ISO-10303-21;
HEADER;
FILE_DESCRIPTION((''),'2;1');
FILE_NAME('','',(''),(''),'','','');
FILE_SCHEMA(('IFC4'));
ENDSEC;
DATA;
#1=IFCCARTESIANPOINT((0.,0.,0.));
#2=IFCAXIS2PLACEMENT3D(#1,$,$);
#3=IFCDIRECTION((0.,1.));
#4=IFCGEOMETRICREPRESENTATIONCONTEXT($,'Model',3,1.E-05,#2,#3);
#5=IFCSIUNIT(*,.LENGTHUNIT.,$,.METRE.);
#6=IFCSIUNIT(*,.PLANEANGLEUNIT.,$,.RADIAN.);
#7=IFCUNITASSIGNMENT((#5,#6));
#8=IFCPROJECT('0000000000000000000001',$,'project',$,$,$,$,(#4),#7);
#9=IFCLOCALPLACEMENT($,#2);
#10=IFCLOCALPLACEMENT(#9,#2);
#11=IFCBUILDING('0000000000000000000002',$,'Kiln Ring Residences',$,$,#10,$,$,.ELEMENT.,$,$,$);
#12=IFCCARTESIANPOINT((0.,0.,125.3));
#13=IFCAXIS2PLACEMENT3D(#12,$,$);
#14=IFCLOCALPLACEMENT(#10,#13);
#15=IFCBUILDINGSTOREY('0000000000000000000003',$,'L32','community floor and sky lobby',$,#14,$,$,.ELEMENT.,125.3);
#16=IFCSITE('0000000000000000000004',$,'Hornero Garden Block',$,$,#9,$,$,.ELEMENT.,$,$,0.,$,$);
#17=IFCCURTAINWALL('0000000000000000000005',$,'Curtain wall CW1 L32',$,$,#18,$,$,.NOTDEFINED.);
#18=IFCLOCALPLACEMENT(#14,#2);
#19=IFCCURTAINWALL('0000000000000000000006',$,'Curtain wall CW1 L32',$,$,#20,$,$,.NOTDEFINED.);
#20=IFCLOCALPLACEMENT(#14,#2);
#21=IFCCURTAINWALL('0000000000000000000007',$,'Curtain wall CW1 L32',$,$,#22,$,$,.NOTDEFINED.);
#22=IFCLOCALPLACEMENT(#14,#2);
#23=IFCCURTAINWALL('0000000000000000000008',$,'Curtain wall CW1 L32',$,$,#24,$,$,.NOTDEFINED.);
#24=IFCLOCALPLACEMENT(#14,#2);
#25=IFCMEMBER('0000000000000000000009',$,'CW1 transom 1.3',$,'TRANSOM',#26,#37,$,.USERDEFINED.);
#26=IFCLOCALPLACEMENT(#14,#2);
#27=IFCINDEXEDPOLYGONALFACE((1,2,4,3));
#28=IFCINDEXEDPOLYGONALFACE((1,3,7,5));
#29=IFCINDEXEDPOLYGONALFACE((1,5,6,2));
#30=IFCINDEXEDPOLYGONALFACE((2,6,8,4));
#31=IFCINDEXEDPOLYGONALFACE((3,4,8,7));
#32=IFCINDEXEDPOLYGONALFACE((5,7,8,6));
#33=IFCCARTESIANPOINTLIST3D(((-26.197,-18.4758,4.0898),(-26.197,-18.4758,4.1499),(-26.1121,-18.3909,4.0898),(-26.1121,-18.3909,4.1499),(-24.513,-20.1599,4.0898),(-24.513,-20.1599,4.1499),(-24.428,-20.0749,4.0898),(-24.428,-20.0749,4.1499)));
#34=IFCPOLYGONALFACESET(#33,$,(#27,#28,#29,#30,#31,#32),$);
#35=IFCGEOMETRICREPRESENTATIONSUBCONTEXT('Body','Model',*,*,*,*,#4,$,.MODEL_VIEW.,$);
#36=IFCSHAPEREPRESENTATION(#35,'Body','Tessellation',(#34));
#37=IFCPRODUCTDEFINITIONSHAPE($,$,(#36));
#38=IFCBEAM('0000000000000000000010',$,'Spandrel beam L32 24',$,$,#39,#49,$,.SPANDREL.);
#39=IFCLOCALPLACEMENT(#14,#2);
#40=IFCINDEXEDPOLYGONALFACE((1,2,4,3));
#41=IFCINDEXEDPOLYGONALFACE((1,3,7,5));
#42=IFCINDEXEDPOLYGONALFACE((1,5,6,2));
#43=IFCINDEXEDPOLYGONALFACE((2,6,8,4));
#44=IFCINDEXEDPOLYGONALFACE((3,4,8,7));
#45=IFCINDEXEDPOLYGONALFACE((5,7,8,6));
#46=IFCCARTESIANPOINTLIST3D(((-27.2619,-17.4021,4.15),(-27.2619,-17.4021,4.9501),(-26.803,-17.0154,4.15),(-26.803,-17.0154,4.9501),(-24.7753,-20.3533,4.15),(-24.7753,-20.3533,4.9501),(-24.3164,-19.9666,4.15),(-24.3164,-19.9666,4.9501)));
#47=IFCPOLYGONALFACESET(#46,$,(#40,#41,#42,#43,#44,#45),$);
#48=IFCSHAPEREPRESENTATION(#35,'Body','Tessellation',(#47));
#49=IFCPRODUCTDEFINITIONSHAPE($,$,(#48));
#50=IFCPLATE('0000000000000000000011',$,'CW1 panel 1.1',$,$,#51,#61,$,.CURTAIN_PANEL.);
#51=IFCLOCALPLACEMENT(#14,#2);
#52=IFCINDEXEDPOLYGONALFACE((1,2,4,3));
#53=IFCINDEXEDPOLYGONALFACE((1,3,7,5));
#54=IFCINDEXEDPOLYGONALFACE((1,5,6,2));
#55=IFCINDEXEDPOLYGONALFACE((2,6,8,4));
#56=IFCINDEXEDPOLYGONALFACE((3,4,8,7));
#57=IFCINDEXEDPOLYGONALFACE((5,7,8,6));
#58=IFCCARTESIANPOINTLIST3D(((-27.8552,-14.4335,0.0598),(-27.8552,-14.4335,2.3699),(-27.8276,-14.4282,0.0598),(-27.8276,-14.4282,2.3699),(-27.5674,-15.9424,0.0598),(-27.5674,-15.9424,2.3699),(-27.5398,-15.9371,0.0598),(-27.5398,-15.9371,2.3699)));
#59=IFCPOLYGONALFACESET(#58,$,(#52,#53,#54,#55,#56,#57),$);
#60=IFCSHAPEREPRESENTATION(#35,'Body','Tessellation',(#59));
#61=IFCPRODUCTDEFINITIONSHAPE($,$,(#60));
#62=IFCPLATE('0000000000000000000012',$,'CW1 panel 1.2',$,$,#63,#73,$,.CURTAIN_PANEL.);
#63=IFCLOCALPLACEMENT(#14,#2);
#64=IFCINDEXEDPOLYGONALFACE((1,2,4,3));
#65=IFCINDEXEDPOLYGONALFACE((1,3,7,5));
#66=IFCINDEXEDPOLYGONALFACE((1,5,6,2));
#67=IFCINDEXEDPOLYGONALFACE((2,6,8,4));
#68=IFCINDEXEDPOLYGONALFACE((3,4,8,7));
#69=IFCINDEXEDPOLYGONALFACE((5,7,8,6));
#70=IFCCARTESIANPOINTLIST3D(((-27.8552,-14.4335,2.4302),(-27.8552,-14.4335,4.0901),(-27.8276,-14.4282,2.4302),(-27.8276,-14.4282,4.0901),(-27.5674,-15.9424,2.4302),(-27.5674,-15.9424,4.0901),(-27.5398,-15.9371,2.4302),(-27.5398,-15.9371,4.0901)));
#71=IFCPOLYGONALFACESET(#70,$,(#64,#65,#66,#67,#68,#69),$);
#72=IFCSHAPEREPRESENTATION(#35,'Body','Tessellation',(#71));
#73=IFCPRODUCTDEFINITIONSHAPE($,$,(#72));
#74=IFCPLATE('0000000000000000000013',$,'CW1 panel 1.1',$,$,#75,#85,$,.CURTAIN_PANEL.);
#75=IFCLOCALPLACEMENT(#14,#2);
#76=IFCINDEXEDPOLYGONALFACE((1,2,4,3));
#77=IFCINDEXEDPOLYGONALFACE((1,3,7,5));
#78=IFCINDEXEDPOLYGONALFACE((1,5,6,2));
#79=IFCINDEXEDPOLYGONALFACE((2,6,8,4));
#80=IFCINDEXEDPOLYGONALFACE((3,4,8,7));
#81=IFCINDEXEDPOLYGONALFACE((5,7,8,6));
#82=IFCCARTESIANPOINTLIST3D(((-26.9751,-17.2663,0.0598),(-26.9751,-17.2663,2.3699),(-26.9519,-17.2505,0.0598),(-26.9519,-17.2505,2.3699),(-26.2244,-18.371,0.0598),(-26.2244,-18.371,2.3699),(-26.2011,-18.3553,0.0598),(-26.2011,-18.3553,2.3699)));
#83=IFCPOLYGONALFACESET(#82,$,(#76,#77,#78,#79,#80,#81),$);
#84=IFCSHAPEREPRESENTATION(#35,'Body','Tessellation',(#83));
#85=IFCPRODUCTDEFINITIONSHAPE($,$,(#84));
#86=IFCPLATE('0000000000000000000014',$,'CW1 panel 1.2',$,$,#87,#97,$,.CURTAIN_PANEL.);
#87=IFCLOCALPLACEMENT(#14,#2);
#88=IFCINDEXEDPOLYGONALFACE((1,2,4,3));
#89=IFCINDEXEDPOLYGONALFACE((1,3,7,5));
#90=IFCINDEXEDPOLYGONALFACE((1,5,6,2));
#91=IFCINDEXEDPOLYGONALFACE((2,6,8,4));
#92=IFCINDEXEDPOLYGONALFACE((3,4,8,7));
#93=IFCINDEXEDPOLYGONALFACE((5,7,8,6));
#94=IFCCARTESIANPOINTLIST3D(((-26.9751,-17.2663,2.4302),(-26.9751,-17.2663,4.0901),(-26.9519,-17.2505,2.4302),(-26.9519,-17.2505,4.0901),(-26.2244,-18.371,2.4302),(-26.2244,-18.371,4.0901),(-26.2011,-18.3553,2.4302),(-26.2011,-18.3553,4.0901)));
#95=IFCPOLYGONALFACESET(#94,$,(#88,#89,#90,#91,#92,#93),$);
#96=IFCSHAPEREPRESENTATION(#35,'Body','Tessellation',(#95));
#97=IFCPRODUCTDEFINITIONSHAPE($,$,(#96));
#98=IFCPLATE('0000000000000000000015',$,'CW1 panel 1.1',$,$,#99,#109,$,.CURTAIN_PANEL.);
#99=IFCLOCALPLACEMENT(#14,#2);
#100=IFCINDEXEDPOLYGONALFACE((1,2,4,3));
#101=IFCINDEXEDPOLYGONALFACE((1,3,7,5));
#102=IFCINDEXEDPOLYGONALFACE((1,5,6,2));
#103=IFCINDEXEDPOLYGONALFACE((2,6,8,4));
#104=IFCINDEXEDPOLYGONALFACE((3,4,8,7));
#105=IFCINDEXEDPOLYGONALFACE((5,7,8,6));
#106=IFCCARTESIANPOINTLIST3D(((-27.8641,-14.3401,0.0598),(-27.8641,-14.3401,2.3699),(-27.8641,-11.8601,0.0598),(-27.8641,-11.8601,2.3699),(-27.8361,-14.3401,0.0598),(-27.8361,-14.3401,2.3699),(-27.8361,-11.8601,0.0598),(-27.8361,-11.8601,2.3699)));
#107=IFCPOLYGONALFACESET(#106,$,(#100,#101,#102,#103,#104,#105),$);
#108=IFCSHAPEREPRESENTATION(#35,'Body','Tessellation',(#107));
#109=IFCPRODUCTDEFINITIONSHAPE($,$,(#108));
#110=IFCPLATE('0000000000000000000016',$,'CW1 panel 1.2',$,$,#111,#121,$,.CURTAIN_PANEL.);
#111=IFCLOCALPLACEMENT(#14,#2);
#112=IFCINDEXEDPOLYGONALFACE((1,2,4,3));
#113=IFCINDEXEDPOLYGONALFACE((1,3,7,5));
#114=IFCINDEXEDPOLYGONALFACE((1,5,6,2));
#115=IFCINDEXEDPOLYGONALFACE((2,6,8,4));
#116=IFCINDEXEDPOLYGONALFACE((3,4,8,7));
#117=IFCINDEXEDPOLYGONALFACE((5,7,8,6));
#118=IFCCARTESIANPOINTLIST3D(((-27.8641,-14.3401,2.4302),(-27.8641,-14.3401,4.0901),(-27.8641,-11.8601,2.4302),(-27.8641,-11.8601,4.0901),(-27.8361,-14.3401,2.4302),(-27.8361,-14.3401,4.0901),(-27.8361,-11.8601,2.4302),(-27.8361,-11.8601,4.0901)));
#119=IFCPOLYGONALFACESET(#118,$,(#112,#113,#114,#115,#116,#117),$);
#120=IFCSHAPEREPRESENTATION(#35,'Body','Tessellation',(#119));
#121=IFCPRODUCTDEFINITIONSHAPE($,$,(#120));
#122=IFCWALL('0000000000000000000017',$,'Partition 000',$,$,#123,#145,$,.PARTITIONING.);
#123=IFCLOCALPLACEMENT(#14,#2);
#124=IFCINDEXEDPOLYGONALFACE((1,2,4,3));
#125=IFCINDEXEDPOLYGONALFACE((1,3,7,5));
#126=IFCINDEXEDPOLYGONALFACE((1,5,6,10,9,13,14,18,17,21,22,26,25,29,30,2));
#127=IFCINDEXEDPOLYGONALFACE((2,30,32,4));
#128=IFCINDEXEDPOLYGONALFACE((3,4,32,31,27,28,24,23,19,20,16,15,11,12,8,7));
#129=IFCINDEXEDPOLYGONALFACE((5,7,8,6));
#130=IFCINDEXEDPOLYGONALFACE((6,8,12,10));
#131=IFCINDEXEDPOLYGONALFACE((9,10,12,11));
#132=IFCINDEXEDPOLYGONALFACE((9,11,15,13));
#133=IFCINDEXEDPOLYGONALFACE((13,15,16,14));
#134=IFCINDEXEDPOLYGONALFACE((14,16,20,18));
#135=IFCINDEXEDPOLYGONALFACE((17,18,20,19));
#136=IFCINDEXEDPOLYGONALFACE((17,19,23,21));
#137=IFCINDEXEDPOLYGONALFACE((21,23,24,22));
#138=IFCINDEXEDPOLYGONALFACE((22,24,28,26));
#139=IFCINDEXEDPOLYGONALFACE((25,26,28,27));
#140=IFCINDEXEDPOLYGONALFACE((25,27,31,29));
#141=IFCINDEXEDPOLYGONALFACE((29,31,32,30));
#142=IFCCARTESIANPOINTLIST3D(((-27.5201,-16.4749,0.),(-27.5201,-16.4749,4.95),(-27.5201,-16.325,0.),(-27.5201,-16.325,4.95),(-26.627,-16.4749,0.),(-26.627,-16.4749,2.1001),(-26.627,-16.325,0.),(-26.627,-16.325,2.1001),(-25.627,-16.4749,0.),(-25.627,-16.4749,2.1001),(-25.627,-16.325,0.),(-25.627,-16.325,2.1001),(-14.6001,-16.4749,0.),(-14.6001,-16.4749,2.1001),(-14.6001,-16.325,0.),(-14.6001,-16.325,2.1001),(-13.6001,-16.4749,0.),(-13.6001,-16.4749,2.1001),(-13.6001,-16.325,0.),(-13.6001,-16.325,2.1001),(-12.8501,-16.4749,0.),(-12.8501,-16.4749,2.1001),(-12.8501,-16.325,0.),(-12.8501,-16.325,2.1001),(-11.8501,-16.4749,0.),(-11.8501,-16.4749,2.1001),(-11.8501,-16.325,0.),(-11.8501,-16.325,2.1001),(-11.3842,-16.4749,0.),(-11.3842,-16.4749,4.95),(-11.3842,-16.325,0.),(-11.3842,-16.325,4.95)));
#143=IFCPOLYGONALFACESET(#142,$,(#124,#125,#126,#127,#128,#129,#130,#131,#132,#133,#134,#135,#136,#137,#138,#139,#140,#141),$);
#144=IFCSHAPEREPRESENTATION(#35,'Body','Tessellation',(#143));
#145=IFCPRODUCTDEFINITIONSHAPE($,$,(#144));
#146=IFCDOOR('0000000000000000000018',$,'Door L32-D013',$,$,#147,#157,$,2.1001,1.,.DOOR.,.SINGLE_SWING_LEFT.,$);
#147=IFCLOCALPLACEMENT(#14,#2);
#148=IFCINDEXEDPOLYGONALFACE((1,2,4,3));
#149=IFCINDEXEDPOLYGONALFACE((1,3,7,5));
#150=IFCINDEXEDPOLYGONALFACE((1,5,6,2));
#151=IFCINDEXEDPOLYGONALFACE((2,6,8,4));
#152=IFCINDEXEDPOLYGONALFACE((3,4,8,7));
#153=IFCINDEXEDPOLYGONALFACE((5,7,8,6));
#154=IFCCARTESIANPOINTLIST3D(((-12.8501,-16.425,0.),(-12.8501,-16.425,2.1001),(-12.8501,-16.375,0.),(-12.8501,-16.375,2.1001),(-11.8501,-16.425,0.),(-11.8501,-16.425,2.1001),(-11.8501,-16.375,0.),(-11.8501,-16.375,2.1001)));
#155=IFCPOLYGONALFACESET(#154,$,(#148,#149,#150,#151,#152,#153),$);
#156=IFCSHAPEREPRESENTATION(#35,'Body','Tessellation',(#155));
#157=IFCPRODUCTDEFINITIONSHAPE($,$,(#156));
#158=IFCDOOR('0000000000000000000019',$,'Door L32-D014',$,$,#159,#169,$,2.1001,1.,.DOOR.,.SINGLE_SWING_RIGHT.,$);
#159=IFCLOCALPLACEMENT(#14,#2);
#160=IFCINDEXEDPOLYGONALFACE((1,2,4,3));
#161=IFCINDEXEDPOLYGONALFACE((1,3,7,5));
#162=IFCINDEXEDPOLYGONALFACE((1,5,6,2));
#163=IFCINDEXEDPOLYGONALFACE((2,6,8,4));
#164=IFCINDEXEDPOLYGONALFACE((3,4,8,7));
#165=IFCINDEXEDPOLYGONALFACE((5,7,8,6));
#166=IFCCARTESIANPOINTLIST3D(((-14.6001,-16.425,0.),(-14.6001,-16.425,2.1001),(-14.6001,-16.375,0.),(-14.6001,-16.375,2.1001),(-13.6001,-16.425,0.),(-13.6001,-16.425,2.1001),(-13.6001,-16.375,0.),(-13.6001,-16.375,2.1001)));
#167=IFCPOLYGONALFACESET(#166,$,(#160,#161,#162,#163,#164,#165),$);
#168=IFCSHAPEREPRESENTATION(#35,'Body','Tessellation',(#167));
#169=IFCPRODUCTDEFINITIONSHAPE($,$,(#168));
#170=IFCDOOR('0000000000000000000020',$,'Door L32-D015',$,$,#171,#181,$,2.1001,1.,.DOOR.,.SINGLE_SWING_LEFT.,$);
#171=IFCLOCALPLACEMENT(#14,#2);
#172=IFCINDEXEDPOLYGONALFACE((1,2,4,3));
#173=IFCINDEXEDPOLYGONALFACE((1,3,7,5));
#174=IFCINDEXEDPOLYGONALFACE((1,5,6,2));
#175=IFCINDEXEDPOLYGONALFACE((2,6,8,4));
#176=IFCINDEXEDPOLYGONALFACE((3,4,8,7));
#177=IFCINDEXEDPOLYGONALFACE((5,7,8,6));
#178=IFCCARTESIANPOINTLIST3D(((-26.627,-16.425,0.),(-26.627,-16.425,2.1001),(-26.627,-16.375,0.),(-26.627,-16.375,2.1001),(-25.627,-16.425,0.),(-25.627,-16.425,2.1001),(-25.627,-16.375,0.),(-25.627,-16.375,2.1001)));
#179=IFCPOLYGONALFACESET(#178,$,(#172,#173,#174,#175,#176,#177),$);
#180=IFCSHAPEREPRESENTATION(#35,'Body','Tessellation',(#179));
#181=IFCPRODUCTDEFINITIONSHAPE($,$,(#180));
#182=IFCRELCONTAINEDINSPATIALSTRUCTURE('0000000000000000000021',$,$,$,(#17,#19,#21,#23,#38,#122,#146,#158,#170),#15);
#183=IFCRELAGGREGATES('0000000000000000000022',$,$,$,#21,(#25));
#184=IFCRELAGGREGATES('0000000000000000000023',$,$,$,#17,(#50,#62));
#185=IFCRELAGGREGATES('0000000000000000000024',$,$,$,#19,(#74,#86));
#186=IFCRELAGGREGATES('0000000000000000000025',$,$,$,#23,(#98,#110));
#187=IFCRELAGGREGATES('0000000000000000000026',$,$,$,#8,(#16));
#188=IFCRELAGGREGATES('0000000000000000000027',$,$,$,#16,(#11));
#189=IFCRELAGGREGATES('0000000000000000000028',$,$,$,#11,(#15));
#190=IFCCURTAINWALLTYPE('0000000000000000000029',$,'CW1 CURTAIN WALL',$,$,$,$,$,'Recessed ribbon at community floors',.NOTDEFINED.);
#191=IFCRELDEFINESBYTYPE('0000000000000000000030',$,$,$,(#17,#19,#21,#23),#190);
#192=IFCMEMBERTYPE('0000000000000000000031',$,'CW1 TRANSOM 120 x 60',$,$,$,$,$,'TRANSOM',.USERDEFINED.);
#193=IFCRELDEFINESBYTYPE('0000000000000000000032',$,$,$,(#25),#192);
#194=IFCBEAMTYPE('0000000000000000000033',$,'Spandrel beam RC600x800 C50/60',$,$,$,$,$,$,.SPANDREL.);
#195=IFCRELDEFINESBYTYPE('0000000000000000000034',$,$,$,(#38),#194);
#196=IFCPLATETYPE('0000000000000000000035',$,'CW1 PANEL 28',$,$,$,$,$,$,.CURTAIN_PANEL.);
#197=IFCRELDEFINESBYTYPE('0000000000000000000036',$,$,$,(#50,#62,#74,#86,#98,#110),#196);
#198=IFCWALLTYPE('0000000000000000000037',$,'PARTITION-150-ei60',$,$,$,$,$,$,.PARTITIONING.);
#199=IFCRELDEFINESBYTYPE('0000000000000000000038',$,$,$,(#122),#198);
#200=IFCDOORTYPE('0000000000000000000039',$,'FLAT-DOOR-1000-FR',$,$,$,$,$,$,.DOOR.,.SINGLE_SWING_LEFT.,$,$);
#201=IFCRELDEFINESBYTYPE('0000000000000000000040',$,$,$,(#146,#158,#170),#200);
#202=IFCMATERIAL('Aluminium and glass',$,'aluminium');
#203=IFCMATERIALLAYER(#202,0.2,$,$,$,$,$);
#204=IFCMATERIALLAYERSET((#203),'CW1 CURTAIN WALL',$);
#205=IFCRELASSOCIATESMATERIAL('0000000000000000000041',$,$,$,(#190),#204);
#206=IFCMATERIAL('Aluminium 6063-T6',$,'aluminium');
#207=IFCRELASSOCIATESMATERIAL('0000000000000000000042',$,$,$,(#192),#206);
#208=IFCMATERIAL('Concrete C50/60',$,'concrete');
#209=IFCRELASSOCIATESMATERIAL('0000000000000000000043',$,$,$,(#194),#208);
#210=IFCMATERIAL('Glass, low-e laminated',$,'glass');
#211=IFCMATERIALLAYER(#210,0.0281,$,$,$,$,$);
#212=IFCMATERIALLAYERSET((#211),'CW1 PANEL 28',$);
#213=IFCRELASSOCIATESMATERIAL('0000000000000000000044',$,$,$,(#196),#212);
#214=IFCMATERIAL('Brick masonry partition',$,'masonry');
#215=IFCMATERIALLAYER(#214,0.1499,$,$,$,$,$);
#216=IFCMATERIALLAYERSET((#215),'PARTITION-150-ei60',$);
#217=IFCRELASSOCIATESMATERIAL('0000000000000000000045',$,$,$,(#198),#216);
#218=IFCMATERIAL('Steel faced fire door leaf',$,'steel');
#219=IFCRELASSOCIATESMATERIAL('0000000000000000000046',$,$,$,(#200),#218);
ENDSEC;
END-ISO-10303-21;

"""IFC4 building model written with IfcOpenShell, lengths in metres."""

from ifc_helpers import new_model, si_unit, direction, frame, frame_2d, origin, origin_2d, place, context, subcontext, project, spatial, rectangle, extrude, material, layer, layer_set, material_profile, profile_set, type_object, element, fill, aggregate, save


model = new_model("IFC4")

# Units and contexts
model_context = context("Model", 3, precision=1e-05, world=origin(), true_north=direction((0.0, 1.0)))
body_context = subcontext(model_context, "Body", "Model", "MODEL_VIEW")
ifc_project = project(units=[si_unit("LENGTHUNIT", "METRE"), si_unit("PLANEANGLEUNIT", "RADIAN")], contexts=[model_context])

# Site, building, storey
site_placement = place(None, origin())
site = spatial("IfcSite", under=ifc_project, at=site_placement, Name="Hornero Garden Block", CompositionType="ELEMENT", RefElevation=0.0)
building_placement = place(site_placement, origin())
building = spatial("IfcBuilding", under=site, at=building_placement, Name="Kiln Ring Residences", CompositionType="ELEMENT")
storey_placement = place(building_placement, frame((0.0, 0.0, 125.3)))
storey = spatial("IfcBuildingStorey", under=building, at=storey_placement, Name="L32", Description="community floor and sky lobby", CompositionType="ELEMENT", Elevation=125.3)

# Curtain walls
ifc_material_1 = material(Name="Aluminium and glass", Category="aluminium")
ifc_layer_1 = layer(ifc_material_1, 0.2)
ifc_layer_set_1 = layer_set([ifc_layer_1], Name="CW1 CURTAIN WALL")
curtain_wall_type = type_object("IfcCurtainWallType", Name="CW1 CURTAIN WALL", ElementType="Recessed ribbon at community floors", PredefinedType="NOTDEFINED", material=ifc_layer_set_1)
placement = place(storey_placement, origin())
curtain_wall_1 = element("IfcCurtainWall", 1, at=placement, inside=storey, type_object=curtain_wall_type, Name="Curtain wall CW1 L32", PredefinedType="NOTDEFINED")
curtain_wall_2 = element("IfcCurtainWall", 2, at=placement, inside=storey, type_object=curtain_wall_type, Name="Curtain wall CW1 L32", PredefinedType="NOTDEFINED")

# Curtain walls
curtain_wall_3 = element("IfcCurtainWall", 3, at=placement, inside=storey, type_object=curtain_wall_type, Name="Curtain wall CW1 L32", PredefinedType="NOTDEFINED")
curtain_wall_4 = element("IfcCurtainWall", 4, at=placement, inside=storey, type_object=curtain_wall_type, Name="Curtain wall CW1 L32", PredefinedType="NOTDEFINED")

# Member
ifc_material_2 = material(Name="Aluminium 6063-T6", Category="aluminium")
ifc_material_profile_1 = material_profile(ifc_material_2, rectangle(XDim=0.1201, YDim=0.0601, at=origin_2d()), Name="AL 120x60")
ifc_profile_set_1 = profile_set([ifc_material_profile_1], Name="Aluminium 6063-T6")
member_type_1 = type_object("IfcMemberType", Name="CW1 TRANSOM 120 x 60", ElementType="TRANSOM", PredefinedType="USERDEFINED", material=ifc_profile_set_1)
member_1_placement = place(storey_placement, frame((-26.1545, -18.4333, 4.1199), z_axis=(0.707107, -0.707107, 0.0), x_axis=(0.707107, 0.707107, 0.0)))
member_1 = element("IfcMember", 5, at=member_1_placement, type_object=member_type_1, Name="CW1 transom 1.3", ObjectType="TRANSOM", PredefinedType="USERDEFINED", context=body_context, shape_type="SweptSolid", body=[
    extrude(rectangle(XDim=0.1201, YDim=0.0601, at=origin_2d()), origin(), (0.0, 0.0, 1.0), 2.3816),
])
aggregate(curtain_wall_3, [member_1])

# Beam
ifc_material_3 = material(Name="Concrete C50/60", Category="concrete")
ifc_material_profile_2 = material_profile(ifc_material_3, rectangle(XDim=0.6001, YDim=0.8, at=origin_2d()), Name="RC600x800")
ifc_profile_set_2 = profile_set([ifc_material_profile_2], Name="Concrete C50/60")
beam_type = type_object("IfcBeamType", Name="Spandrel beam RC600x800 C50/60", PredefinedType="SPANDREL", material=ifc_profile_set_2)
beam_placement = place(storey_placement, frame((-27.0325, -17.2087, 4.55), z_axis=(0.644344, -0.764736, 0.0), x_axis=(0.764736, 0.644344, 0.0)))
element("IfcBeam", 6, at=beam_placement, inside=storey, type_object=beam_type, Name="Spandrel beam L32 24", PredefinedType="SPANDREL", context=body_context, shape_type="SweptSolid", body=[
    extrude(rectangle(XDim=0.6001, YDim=0.8, at=origin_2d()), origin(), (0.0, 0.0, 1.0), 3.8591),
])

# Plates
ifc_material_4 = material(Name="Glass, low-e laminated", Category="glass")
ifc_layer_2 = layer(ifc_material_4, 0.0281)
ifc_layer_set_2 = layer_set([ifc_layer_2], Name="CW1 PANEL 28")
plate_type = type_object("IfcPlateType", Name="CW1 PANEL 28", PredefinedType="CURTAIN_PANEL", material=ifc_layer_set_2)
plate_1_placement = place(storey_placement, frame((-27.6975, -15.1853, 0.0598), z_axis=(0.0, 0.0, 1.0), x_axis=(0.187366, -0.98229, 0.0)))
plate_1 = element("IfcPlate", 7, at=plate_1_placement, type_object=plate_type, Name="CW1 panel 1.1", PredefinedType="CURTAIN_PANEL", context=body_context, shape_type="SweptSolid", body=[
    extrude(rectangle(XDim=1.5361, YDim=0.0281, at=origin_2d()), origin(), (0.0, 0.0, 1.0), 2.3101),
])
plate_2_placement = place(storey_placement, frame((-27.6975, -15.1853, 2.4302), z_axis=(0.0, 0.0, 1.0), x_axis=(0.187366, -0.98229, 0.0)))
plate_2 = element("IfcPlate", 8, at=plate_2_placement, type_object=plate_type, Name="CW1 panel 1.2", PredefinedType="CURTAIN_PANEL", context=body_context, shape_type="SweptSolid", body=[
    extrude(rectangle(XDim=1.5361, YDim=0.0281, at=origin_2d()), origin(), (0.0, 0.0, 1.0), 1.6599),
])
aggregate(curtain_wall_1, [plate_1, plate_2])
plate_3_placement = place(storey_placement, frame((-26.5881, -17.8108, 0.0598), z_axis=(0.0, 0.0, 1.0), x_axis=(0.562097, -0.827072, 0.0)))
plate_3 = element("IfcPlate", 9, at=plate_3_placement, type_object=plate_type, Name="CW1 panel 1.1", PredefinedType="CURTAIN_PANEL", context=body_context, shape_type="SweptSolid", body=[
    extrude(rectangle(XDim=1.3357, YDim=0.0281, at=origin_2d()), origin(), (0.0, 0.0, 1.0), 2.3101),
])
plate_4_placement = place(storey_placement, frame((-26.5881, -17.8108, 2.4302), z_axis=(0.0, 0.0, 1.0), x_axis=(0.562097, -0.827072, 0.0)))
plate_4 = element("IfcPlate", 10, at=plate_4_placement, type_object=plate_type, Name="CW1 panel 1.2", PredefinedType="CURTAIN_PANEL", context=body_context, shape_type="SweptSolid", body=[
    extrude(rectangle(XDim=1.3357, YDim=0.0281, at=origin_2d()), origin(), (0.0, 0.0, 1.0), 1.6599),
])
aggregate(curtain_wall_2, [plate_3, plate_4])
plate_5_placement = place(storey_placement, frame((-27.8501, -13.1001, 0.0598), z_axis=(0.0, 0.0, 1.0), x_axis=(0.0, -1.0, 0.0)))
plate_5 = element("IfcPlate", 11, at=plate_5_placement, type_object=plate_type, Name="CW1 panel 1.1", PredefinedType="CURTAIN_PANEL", context=body_context, shape_type="SweptSolid", body=[
    extrude(rectangle(XDim=2.48, YDim=0.0281, at=origin_2d()), origin(), (0.0, 0.0, 1.0), 2.3101),
])
plate_6_placement = place(storey_placement, frame((-27.8501, -13.1001, 2.4302), z_axis=(0.0, 0.0, 1.0), x_axis=(0.0, -1.0, 0.0)))
plate_6 = element("IfcPlate", 12, at=plate_6_placement, type_object=plate_type, Name="CW1 panel 1.2", PredefinedType="CURTAIN_PANEL", context=body_context, shape_type="SweptSolid", body=[
    extrude(rectangle(XDim=2.48, YDim=0.0281, at=origin_2d()), origin(), (0.0, 0.0, 1.0), 1.6599),
])
aggregate(curtain_wall_4, [plate_5, plate_6])

# Wall, openings, doors
ifc_material_5 = material(Name="Brick masonry partition", Category="masonry")
ifc_layer_3 = layer(ifc_material_5, 0.1499)
ifc_layer_set_3 = layer_set([ifc_layer_3], Name="PARTITION-150-ei60")
wall_type = type_object("IfcWallType", Name="PARTITION-150-ei60", PredefinedType="PARTITIONING", material=ifc_layer_set_3)
wall_placement = place(storey_placement, frame((-27.52, -16.3999, 0.0), z_axis=(0.0, 0.0, 1.0), x_axis=(1.0, 0.0, 0.0)))
wall = element("IfcWall", 13, at=wall_placement, inside=storey, type_object=wall_type, Name="Partition 000", PredefinedType="PARTITIONING", context=body_context, shape_type="SweptSolid", body=[
    extrude(rectangle(XDim=16.136, YDim=0.1499, at=frame_2d((8.0679, 0.0))), origin(), (0.0, 0.0, 1.0), 4.95),
])
opening_1_placement = place(wall_placement, frame((14.6699, 0.0, 0.0)))
opening_1 = element("IfcOpeningElement", 14, at=opening_1_placement, cuts=wall, PredefinedType="OPENING", context=body_context, shape_type="SweptSolid", body=[
    extrude(rectangle(XDim=1.0, YDim=2.1001, at=frame_2d((0.5, 1.05))), frame((0.0, 0.085, 0.0), z_axis=(0.0, -1.0, 0.0), x_axis=(1.0, 0.0, 0.0)), (0.0, 0.0, 1.0), 0.1699),
])
opening_2_placement = place(wall_placement, frame((12.9199, 0.0, 0.0)))
opening_2 = element("IfcOpeningElement", 15, at=opening_2_placement, cuts=wall, PredefinedType="OPENING", context=body_context, shape_type="SweptSolid", body=[
    extrude(rectangle(XDim=1.0, YDim=2.1001, at=frame_2d((0.5, 1.05))), frame((0.0, 0.085, 0.0), z_axis=(0.0, -1.0, 0.0), x_axis=(1.0, 0.0, 0.0)), (0.0, 0.0, 1.0), 0.1699),
])
opening_3_placement = place(wall_placement, frame((0.8931, 0.0, 0.0)))
opening_3 = element("IfcOpeningElement", 16, at=opening_3_placement, cuts=wall, PredefinedType="OPENING", context=body_context, shape_type="SweptSolid", body=[
    extrude(rectangle(XDim=1.0, YDim=2.1001, at=frame_2d((0.5, 1.05))), frame((0.0, 0.085, 0.0), z_axis=(0.0, -1.0, 0.0), x_axis=(1.0, 0.0, 0.0)), (0.0, 0.0, 1.0), 0.1699),
])
ifc_material_6 = material(Name="Steel faced fire door leaf", Category="steel")
door_type = type_object("IfcDoorType", Name="FLAT-DOOR-1000-FR", OperationType="SINGLE_SWING_LEFT", PredefinedType="DOOR", material=ifc_material_6)
door_1_placement = place(opening_1_placement, origin())
door_1 = element("IfcDoor", 17, at=door_1_placement, inside=storey, type_object=door_type, Name="Door L32-D013", OperationType="SINGLE_SWING_LEFT", OverallHeight=2.1001, OverallWidth=1.0, PredefinedType="DOOR", context=body_context, shape_type="SweptSolid", body=[
    extrude(rectangle(XDim=1.0, YDim=2.1001, at=frame_2d((0.5, 1.05))), frame((0.0, 0.0249, 0.0), z_axis=(0.0, -1.0, 0.0), x_axis=(1.0, 0.0, 0.0)), (0.0, 0.0, 1.0), 0.05),
])
fill(opening_1, door_1)
door_2_placement = place(opening_2_placement, origin())
door_2 = element("IfcDoor", 18, at=door_2_placement, inside=storey, type_object=door_type, Name="Door L32-D014", OperationType="SINGLE_SWING_RIGHT", OverallHeight=2.1001, OverallWidth=1.0, PredefinedType="DOOR", context=body_context, shape_type="SweptSolid", body=[
    extrude(rectangle(XDim=1.0, YDim=2.1001, at=frame_2d((0.5, 1.05))), frame((0.0, 0.0249, 0.0), z_axis=(0.0, -1.0, 0.0), x_axis=(1.0, 0.0, 0.0)), (0.0, 0.0, 1.0), 0.05),
])
fill(opening_2, door_2)
door_3_placement = place(opening_3_placement, origin())
door_3 = element("IfcDoor", 19, at=door_3_placement, inside=storey, type_object=door_type, Name="Door L32-D015", OperationType="SINGLE_SWING_LEFT", OverallHeight=2.1001, OverallWidth=1.0, PredefinedType="DOOR", context=body_context, shape_type="SweptSolid", body=[
    extrude(rectangle(XDim=1.0, YDim=2.1001, at=frame_2d((0.5, 1.05))), frame((0.0, 0.0249, 0.0), z_axis=(0.0, -1.0, 0.0), x_axis=(1.0, 0.0, 0.0)), (0.0, 0.0, 1.0), 0.05),
])
fill(opening_3, door_3)

save(model, "model.ifc")
